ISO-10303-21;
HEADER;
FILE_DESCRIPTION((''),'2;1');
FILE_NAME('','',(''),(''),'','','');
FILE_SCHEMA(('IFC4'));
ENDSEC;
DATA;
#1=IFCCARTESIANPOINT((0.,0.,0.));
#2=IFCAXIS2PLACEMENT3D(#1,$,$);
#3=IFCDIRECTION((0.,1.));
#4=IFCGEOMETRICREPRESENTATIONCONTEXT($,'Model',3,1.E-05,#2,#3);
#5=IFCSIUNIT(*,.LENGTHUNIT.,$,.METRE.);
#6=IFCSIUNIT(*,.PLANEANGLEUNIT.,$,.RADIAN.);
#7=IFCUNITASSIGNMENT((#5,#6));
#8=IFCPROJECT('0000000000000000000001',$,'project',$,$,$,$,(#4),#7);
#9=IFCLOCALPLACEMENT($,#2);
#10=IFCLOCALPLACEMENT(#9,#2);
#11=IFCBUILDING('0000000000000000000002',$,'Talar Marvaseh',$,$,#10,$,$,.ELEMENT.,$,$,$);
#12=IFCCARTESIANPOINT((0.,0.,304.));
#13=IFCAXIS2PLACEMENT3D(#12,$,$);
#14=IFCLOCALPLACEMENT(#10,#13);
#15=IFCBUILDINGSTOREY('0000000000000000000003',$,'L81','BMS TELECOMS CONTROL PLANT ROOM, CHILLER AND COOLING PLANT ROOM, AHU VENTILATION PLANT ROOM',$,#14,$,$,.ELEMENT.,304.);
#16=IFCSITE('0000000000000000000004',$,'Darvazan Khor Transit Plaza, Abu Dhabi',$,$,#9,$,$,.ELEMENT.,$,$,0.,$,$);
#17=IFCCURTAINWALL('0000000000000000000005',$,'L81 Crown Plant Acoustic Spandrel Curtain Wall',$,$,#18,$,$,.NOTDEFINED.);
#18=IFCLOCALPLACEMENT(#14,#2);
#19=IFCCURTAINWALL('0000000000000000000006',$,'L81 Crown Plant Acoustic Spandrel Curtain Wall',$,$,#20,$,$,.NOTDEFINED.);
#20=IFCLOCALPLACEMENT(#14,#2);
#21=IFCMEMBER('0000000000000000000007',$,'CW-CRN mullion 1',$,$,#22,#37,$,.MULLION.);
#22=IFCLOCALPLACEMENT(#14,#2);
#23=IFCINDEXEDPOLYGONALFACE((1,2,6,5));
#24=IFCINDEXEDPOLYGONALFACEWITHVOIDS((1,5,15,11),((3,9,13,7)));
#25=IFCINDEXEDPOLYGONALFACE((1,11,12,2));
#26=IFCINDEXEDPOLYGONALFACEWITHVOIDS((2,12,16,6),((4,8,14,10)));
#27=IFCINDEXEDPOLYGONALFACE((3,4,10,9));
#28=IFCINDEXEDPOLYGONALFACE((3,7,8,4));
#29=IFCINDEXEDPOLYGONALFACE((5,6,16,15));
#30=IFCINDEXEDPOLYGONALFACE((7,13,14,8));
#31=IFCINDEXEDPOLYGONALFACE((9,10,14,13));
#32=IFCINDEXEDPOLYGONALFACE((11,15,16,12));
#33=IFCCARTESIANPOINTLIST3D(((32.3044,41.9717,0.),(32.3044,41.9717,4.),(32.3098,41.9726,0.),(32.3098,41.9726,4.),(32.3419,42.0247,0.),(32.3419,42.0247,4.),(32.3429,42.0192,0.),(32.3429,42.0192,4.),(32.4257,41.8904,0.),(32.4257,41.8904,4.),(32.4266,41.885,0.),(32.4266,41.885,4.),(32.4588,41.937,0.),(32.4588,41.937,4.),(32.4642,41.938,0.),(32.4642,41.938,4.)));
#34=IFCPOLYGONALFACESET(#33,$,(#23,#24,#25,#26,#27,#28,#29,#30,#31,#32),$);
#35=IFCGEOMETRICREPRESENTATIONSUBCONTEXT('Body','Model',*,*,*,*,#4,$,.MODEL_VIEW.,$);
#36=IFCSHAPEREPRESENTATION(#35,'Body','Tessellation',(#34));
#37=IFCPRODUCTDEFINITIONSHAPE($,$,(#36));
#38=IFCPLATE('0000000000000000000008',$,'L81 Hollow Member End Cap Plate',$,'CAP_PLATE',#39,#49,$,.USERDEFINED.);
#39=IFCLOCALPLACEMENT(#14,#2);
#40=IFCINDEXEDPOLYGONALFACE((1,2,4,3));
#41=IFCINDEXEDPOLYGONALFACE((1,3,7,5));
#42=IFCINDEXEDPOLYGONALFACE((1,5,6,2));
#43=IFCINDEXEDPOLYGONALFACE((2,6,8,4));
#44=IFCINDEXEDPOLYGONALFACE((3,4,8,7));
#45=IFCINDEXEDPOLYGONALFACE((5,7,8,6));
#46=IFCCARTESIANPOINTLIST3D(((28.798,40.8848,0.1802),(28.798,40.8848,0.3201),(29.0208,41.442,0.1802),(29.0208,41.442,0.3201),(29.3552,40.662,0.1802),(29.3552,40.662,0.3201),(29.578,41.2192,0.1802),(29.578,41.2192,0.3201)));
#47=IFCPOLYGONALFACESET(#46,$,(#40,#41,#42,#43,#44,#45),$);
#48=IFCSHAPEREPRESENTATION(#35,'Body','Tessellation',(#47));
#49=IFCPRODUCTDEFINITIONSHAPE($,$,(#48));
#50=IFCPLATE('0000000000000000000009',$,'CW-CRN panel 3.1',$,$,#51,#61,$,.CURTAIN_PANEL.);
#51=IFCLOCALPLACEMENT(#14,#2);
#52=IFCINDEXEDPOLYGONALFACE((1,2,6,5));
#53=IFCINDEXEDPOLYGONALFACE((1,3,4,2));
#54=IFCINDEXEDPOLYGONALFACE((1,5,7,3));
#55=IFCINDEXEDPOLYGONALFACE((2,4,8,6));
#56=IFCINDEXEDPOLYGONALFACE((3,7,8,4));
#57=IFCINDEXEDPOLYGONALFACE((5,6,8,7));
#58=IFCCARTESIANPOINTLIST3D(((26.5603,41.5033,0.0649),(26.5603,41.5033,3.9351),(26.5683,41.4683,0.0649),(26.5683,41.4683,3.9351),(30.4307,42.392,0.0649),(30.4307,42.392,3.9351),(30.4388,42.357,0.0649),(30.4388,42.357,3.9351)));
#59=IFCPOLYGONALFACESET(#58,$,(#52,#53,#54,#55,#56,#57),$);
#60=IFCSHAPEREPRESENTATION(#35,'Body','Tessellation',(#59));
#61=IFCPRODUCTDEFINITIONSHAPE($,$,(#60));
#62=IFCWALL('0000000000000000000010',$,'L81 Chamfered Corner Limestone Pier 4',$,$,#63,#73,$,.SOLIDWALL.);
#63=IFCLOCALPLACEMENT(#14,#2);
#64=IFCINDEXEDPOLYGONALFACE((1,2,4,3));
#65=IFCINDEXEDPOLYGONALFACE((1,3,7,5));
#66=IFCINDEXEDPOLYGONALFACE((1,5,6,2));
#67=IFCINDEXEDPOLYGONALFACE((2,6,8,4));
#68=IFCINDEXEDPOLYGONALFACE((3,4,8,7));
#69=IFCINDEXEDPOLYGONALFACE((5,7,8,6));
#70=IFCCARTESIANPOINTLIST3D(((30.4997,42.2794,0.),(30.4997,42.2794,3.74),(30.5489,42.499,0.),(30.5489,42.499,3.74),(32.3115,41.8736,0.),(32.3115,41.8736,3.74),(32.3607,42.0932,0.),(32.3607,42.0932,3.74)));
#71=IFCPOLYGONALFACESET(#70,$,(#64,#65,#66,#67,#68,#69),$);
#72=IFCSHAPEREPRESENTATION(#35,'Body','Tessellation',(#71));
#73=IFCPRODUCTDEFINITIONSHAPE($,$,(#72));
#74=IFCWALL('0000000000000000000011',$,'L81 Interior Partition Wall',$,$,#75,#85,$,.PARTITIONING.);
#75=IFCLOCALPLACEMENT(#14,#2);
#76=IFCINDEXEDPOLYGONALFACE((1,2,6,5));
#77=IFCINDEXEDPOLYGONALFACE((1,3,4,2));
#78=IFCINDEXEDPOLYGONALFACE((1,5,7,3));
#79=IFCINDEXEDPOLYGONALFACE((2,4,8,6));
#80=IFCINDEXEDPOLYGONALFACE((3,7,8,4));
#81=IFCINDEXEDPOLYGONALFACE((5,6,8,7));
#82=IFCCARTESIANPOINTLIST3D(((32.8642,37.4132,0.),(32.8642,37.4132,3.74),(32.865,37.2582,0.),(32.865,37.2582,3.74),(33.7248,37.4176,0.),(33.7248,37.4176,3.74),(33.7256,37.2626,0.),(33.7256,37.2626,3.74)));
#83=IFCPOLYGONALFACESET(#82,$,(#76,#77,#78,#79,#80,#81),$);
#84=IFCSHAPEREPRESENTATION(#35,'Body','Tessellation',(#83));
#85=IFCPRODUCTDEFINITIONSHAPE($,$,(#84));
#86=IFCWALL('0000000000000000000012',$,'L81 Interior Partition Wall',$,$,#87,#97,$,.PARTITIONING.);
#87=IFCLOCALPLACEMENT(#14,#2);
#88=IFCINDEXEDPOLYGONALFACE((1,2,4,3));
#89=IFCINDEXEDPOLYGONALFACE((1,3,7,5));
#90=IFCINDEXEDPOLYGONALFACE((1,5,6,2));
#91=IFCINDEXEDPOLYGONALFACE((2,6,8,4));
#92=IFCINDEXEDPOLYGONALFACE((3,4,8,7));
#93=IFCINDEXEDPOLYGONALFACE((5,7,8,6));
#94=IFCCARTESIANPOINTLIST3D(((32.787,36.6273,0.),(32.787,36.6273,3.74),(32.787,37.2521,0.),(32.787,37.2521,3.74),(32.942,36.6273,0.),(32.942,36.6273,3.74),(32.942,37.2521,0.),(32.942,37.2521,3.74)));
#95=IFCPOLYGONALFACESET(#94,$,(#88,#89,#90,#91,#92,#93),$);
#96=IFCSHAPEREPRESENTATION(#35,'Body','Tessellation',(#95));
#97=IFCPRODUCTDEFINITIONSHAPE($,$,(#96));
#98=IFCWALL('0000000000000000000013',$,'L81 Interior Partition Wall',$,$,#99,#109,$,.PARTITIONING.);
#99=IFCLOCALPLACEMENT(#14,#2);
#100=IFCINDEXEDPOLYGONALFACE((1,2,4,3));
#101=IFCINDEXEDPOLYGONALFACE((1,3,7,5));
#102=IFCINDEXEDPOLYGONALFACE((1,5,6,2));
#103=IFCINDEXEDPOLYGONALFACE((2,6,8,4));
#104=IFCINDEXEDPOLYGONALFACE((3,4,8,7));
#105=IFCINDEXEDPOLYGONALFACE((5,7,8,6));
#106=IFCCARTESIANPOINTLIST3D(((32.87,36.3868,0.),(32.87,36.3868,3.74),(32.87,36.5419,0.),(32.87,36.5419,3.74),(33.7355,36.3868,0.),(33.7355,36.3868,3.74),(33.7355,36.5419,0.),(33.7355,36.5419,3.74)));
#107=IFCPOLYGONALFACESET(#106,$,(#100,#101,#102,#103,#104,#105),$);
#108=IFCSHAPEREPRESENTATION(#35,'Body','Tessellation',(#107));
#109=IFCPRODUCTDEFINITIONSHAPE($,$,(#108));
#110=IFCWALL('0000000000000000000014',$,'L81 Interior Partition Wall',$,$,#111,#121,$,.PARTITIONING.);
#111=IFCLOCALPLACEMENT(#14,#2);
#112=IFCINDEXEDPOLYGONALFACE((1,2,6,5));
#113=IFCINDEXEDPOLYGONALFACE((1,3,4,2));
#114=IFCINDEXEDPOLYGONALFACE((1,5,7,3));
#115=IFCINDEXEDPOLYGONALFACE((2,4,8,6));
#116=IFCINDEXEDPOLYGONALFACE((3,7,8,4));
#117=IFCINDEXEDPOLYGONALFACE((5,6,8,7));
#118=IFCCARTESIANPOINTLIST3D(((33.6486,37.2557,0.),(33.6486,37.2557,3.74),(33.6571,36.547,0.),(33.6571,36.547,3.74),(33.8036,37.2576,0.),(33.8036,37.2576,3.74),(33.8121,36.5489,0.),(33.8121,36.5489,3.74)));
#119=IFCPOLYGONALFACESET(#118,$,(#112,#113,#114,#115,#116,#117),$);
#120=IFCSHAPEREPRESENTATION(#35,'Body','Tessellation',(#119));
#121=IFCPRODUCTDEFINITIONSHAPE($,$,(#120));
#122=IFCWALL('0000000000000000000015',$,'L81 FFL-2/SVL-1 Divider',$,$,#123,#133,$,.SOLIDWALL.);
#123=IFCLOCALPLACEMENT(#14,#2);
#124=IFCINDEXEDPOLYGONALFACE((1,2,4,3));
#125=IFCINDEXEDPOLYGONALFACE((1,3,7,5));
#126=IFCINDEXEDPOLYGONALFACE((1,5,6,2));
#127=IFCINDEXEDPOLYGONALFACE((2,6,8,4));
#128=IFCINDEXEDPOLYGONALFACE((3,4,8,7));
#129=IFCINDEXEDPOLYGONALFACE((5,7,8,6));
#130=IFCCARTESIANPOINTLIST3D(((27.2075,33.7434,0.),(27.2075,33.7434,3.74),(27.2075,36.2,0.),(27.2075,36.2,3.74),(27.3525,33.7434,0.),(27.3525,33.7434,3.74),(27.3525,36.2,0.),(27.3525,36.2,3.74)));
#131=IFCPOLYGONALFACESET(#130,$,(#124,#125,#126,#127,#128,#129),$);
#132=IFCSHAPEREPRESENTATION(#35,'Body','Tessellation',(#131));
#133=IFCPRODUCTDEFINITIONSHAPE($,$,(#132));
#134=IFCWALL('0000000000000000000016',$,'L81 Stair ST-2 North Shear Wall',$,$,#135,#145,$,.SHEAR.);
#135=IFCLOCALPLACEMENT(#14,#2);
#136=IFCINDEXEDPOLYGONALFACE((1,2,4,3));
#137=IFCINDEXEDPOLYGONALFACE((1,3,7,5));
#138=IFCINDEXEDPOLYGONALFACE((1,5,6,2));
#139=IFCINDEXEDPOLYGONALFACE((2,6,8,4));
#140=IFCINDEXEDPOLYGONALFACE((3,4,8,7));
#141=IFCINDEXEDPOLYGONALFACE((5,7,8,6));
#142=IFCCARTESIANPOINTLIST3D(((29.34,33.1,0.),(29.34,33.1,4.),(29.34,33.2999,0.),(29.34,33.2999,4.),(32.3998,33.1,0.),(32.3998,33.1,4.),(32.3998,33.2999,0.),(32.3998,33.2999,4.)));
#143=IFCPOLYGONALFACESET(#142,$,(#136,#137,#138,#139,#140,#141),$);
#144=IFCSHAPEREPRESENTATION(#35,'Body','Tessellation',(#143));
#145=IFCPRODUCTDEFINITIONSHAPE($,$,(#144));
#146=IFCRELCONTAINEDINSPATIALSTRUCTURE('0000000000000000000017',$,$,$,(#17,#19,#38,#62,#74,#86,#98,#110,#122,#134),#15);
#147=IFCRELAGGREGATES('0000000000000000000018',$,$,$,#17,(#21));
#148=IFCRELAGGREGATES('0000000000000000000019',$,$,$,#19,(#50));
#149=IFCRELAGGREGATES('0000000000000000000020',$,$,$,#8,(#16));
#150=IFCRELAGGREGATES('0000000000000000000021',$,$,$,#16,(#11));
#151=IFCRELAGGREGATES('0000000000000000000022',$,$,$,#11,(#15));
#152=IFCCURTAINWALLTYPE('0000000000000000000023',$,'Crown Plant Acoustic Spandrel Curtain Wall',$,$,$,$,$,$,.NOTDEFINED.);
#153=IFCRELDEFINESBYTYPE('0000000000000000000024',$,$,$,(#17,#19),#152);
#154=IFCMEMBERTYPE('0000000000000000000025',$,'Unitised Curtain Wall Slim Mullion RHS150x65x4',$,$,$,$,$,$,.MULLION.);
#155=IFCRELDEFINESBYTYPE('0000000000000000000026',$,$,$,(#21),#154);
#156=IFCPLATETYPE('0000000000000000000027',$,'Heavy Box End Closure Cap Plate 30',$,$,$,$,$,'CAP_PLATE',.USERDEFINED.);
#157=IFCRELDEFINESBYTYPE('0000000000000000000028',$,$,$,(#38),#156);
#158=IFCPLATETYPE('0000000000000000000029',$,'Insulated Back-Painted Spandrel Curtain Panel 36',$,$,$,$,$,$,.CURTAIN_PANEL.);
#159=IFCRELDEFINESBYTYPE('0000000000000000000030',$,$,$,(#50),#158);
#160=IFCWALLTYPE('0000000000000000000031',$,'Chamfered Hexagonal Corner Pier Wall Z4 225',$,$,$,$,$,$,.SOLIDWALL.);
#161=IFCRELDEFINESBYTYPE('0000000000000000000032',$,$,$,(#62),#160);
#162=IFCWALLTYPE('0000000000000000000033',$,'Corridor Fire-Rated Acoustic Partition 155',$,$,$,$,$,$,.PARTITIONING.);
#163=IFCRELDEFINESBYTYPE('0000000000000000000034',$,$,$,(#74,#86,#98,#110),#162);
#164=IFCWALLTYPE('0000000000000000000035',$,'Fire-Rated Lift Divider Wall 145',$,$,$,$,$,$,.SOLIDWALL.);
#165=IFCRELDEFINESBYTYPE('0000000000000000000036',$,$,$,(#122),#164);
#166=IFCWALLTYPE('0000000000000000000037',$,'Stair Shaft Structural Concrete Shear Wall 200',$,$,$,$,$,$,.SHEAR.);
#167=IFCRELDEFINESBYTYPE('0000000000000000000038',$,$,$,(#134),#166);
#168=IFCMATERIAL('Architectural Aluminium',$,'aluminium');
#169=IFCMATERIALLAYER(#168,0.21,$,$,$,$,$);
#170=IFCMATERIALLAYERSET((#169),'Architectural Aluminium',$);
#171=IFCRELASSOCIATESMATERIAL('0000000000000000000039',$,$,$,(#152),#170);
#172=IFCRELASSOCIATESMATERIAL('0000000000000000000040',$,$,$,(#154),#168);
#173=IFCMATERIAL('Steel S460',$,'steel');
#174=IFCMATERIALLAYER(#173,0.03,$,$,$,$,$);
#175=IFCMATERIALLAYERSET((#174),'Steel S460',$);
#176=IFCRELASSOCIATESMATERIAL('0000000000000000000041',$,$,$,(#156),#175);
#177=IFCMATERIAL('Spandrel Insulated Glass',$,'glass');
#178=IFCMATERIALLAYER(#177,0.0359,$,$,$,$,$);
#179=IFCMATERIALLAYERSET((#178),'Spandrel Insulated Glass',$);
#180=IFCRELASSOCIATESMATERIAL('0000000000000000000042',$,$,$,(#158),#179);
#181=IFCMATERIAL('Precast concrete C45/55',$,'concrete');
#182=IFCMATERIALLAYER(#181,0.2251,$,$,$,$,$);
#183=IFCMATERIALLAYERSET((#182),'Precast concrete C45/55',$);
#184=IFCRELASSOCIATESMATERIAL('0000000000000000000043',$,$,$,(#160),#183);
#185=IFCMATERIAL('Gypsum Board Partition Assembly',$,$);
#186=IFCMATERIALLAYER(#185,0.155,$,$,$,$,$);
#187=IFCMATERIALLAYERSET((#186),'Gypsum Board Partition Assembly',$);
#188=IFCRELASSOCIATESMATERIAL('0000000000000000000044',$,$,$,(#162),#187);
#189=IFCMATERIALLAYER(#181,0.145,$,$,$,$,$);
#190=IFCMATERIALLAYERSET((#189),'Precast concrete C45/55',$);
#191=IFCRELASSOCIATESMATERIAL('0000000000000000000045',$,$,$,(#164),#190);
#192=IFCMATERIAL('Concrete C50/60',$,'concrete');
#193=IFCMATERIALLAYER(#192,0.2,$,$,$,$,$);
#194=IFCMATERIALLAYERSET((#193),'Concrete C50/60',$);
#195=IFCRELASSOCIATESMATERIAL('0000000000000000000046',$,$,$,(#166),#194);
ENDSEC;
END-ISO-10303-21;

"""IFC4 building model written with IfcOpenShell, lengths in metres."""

from ifc_helpers import new_model, si_unit, direction, frame, frame_2d, origin, origin_2d, place, context, subcontext, project, spatial, rectangle, hollow_rectangle, extrude, source, transform, mapped, material, layer, layer_set, material_profile, profile_set, type_object, type_shapes, element, aggregate, save


model = new_model("IFC4")

# Units and contexts
model_context = context("Model", 3, precision=1e-05, world=origin(), true_north=direction((0.0, 1.0)))
body_context = subcontext(model_context, "Body", "Model", "MODEL_VIEW")
ifc_project = project(units=[si_unit("LENGTHUNIT", "METRE"), si_unit("PLANEANGLEUNIT", "RADIAN")], contexts=[model_context])

# Site, building, storey
site_placement = place(None, origin())
site = spatial("IfcSite", under=ifc_project, at=site_placement, Name="Darvazan Khor Transit Plaza, Abu Dhabi", CompositionType="ELEMENT", RefElevation=0.0)
building_placement = place(site_placement, origin())
building = spatial("IfcBuilding", under=site, at=building_placement, Name="Talar Marvaseh", CompositionType="ELEMENT")
storey_placement = place(building_placement, frame((0.0, 0.0, 304.0)))
storey = spatial("IfcBuildingStorey", under=building, at=storey_placement, Name="L81", Description="BMS TELECOMS CONTROL PLANT ROOM, CHILLER AND COOLING PLANT ROOM, AHU VENTILATION PLANT ROOM", CompositionType="ELEMENT", Elevation=304.0)

# Shared definitions
ifc_material_1 = material(Name="Steel S460", Category="steel")
ifc_material_2 = material(Name="Concrete C50/60", Category="concrete")

# Curtain walls
ifc_material_3 = material(Name="Architectural Aluminium", Category="aluminium")
ifc_layer_1 = layer(ifc_material_3, 0.21)
ifc_layer_set_1 = layer_set([ifc_layer_1], Name="Architectural Aluminium")
curtain_wall_type = type_object("IfcCurtainWallType", Name="Crown Plant Acoustic Spandrel Curtain Wall", PredefinedType="NOTDEFINED", material=ifc_layer_set_1)
curtain_wall_1_placement = place(storey_placement, origin())
curtain_wall_1 = element("IfcCurtainWall", 1, at=curtain_wall_1_placement, inside=storey, type_object=curtain_wall_type, Name="L81 Crown Plant Acoustic Spandrel Curtain Wall", PredefinedType="NOTDEFINED")
curtain_wall_2_placement = place(storey_placement, origin())
curtain_wall_2 = element("IfcCurtainWall", 2, at=curtain_wall_2_placement, inside=storey, type_object=curtain_wall_type, Name="L81 Crown Plant Acoustic Spandrel Curtain Wall", PredefinedType="NOTDEFINED")
ifc_material_profile_1 = material_profile(ifc_material_3, hollow_rectangle(XDim=0.0649, YDim=0.1499, WallThickness=0.0039, at=origin_2d()), Name="RHS150x65x4")
ifc_profile_set_1 = profile_set([ifc_material_profile_1], Name="Architectural Aluminium")
member_type_1 = type_object("IfcMemberType", Name="Unitised Curtain Wall Slim Mullion RHS150x65x4", PredefinedType="MULLION", material=ifc_profile_set_1)
shared_shape_1 = source(origin(), body_context, "Body", "SweptSolid", [
    extrude(hollow_rectangle(XDim=0.0649, YDim=0.1499, WallThickness=0.0039, at=origin_2d()), origin(), (0.0, 0.0, 1.0), 4.0),
])
type_shapes(member_type_1, [shared_shape_1])

# Member
member_1_placement = place(storey_placement, frame((32.3843, 41.9548, 0.0), z_axis=(0.0, 0.0, 1.0), x_axis=(0.578513, 0.815673, 0.0)))
member_1 = element("IfcMember", 3, at=member_1_placement, type_object=member_type_1, Name="CW-CRN mullion 1", PredefinedType="MULLION", context=body_context, shape_type="MappedRepresentation", body=[
    mapped(shared_shape_1, transform((0.0, 0.0, 0.0), x_axis=(1.0, 0.0, 0.0), y_axis=(0.0, 1.0, 0.0), z_axis=(0.0, 0.0, 1.0), scale=1.0)),
])
aggregate(curtain_wall_1, [member_1])

# Plates
ifc_layer_2 = layer(ifc_material_1, 0.03)
ifc_layer_set_2 = layer_set([ifc_layer_2], Name="Steel S460")
plate_type_1 = type_object("IfcPlateType", Name="Heavy Box End Closure Cap Plate 30", ElementType="CAP_PLATE", PredefinedType="USERDEFINED", material=ifc_layer_set_2)
shared_shape_2 = source(origin(), body_context, "Body", "SweptSolid", [
    extrude(rectangle(XDim=0.6001, YDim=0.6001, at=origin_2d()), origin(), (0.0, 0.0, 1.0), 0.1399),
])
type_shapes(plate_type_1, [shared_shape_2])
plate_1_placement = place(storey_placement, frame((29.188, 41.052, 0.1802), z_axis=(0.0, 0.0, 1.0), x_axis=(0.928486, -0.371368, 0.0)))
element("IfcPlate", 4, at=plate_1_placement, inside=storey, type_object=plate_type_1, Name="L81 Hollow Member End Cap Plate", ObjectType="CAP_PLATE", PredefinedType="USERDEFINED", context=body_context, shape_type="MappedRepresentation", body=[
    mapped(shared_shape_2, transform((0.0, 0.0, 0.0), x_axis=(1.0, 0.0, 0.0), y_axis=(0.0, 1.0, 0.0), z_axis=(0.0, 0.0, 1.0), scale=1.0)),
])
ifc_material_4 = material(Name="Spandrel Insulated Glass", Category="glass")
ifc_layer_3 = layer(ifc_material_4, 0.0359)
ifc_layer_set_3 = layer_set([ifc_layer_3], Name="Spandrel Insulated Glass")
plate_type_2 = type_object("IfcPlateType", Name="Insulated Back-Painted Spandrel Curtain Panel 36", PredefinedType="CURTAIN_PANEL", material=ifc_layer_set_3)
shared_shape_3 = source(origin(), body_context, "Body", "SweptSolid", [
    extrude(rectangle(XDim=3.9712, YDim=0.0359, at=origin_2d()), origin(), (0.0, 0.0, 1.0), 3.8701),
])
type_shapes(plate_type_2, [shared_shape_3])
plate_2_placement = place(storey_placement, frame((28.4995, 41.9302, 0.0649), z_axis=(0.0, 0.0, 1.0), x_axis=(0.974637, 0.223792, 0.0)))
plate_2 = element("IfcPlate", 5, at=plate_2_placement, type_object=plate_type_2, Name="CW-CRN panel 3.1", PredefinedType="CURTAIN_PANEL", context=body_context, shape_type="MappedRepresentation", body=[
    mapped(shared_shape_3, transform((0.0, 0.0, 0.0), x_axis=(1.0, 0.0, 0.0), y_axis=(0.0, 1.0, 0.0), z_axis=(0.0, 0.0, 1.0), scale=1.0)),
])
aggregate(curtain_wall_2, [plate_2])

# Walls
ifc_material_5 = material(Name="Precast concrete C45/55", Category="concrete")
ifc_layer_4 = layer(ifc_material_5, 0.2251)
ifc_layer_set_4 = layer_set([ifc_layer_4], Name="Precast concrete C45/55")
wall_type_1 = type_object("IfcWallType", Name="Chamfered Hexagonal Corner Pier Wall Z4 225", PredefinedType="SOLIDWALL", material=ifc_layer_set_4)
wall_1_placement = place(storey_placement, frame((30.5244, 42.3892, 0.0), z_axis=(0.0, 0.0, 1.0), x_axis=(0.975827, -0.218545, 0.0)))
element("IfcWall", 6, at=wall_1_placement, inside=storey, type_object=wall_type_1, Name="L81 Chamfered Corner Limestone Pier 4", PredefinedType="SOLIDWALL", context=body_context, shape_type="SweptSolid", body=[
    extrude(rectangle(XDim=1.8567, YDim=0.2251, at=frame_2d((0.9282, 0.0))), origin(), (0.0, 0.0, 1.0), 3.74),
])
ifc_material_6 = material(Name="Gypsum Board Partition Assembly")
ifc_layer_5 = layer(ifc_material_6, 0.155)
ifc_layer_set_5 = layer_set([ifc_layer_5], Name="Gypsum Board Partition Assembly")
wall_type_2 = type_object("IfcWallType", Name="Corridor Fire-Rated Acoustic Partition 155", PredefinedType="PARTITIONING", material=ifc_layer_set_5)
wall_2_placement = place(storey_placement, frame((33.7251, 37.3401, 0.0), z_axis=(0.0, 0.0, 1.0), x_axis=(-0.999987, -0.005106, 0.0)))
element("IfcWall", 7, at=wall_2_placement, inside=storey, type_object=wall_type_2, Name="L81 Interior Partition Wall", PredefinedType="PARTITIONING", context=body_context, shape_type="SweptSolid", body=[
    extrude(rectangle(XDim=0.8606, YDim=0.155, at=frame_2d((0.4302, 0.0))), origin(), (0.0, 0.0, 1.0), 3.74),
])
wall_3_placement = place(storey_placement, frame((32.8645, 37.2522, 0.0), z_axis=(0.0, 0.0, 1.0), x_axis=(0.0, -1.0, 0.0)))
element("IfcWall", 8, at=wall_3_placement, inside=storey, type_object=wall_type_2, Name="L81 Interior Partition Wall", PredefinedType="PARTITIONING", context=body_context, shape_type="SweptSolid", body=[
    extrude(rectangle(XDim=0.6248, YDim=0.155, at=frame_2d((0.3125, 0.0))), origin(), (0.0, 0.0, 1.0), 3.74),
])
wall_4_placement = place(storey_placement, frame((32.8701, 36.4644, 0.0), z_axis=(0.0, 0.0, 1.0), x_axis=(1.0, 0.0, 0.0)))
element("IfcWall", 9, at=wall_4_placement, inside=storey, type_object=wall_type_2, Name="L81 Interior Partition Wall", PredefinedType="PARTITIONING", context=body_context, shape_type="SweptSolid", body=[
    extrude(rectangle(XDim=0.8655, YDim=0.155, at=frame_2d((0.4326, 0.0))), origin(), (0.0, 0.0, 1.0), 3.74),
])
wall_5_placement = place(storey_placement, frame((33.7346, 36.5479, 0.0), z_axis=(0.0, 0.0, 1.0), x_axis=(-0.012056, 0.999927, 0.0)))
element("IfcWall", 10, at=wall_5_placement, inside=storey, type_object=wall_type_2, Name="L81 Interior Partition Wall", PredefinedType="PARTITIONING", context=body_context, shape_type="SweptSolid", body=[
    extrude(rectangle(XDim=0.7087, YDim=0.155, at=frame_2d((0.3545, 0.0))), origin(), (0.0, 0.0, 1.0), 3.74),
])
ifc_layer_6 = layer(ifc_material_5, 0.145)
ifc_layer_set_6 = layer_set([ifc_layer_6], Name="Precast concrete C45/55")
wall_type_3 = type_object("IfcWallType", Name="Fire-Rated Lift Divider Wall 145", PredefinedType="SOLIDWALL", material=ifc_layer_set_6)
wall_6_placement = place(storey_placement, frame((27.28, 33.7434, 0.0), z_axis=(0.0, 0.0, 1.0), x_axis=(0.0, 1.0, 0.0)))
element("IfcWall", 11, at=wall_6_placement, inside=storey, type_object=wall_type_3, Name="L81 FFL-2/SVL-1 Divider", PredefinedType="SOLIDWALL", context=body_context, shape_type="SweptSolid", body=[
    extrude(rectangle(XDim=2.4565, YDim=0.145, at=frame_2d((1.2283, 0.0))), origin(), (0.0, 0.0, 1.0), 3.74),
])
ifc_layer_7 = layer(ifc_material_2, 0.2)
ifc_layer_set_7 = layer_set([ifc_layer_7], Name="Concrete C50/60")
wall_type_4 = type_object("IfcWallType", Name="Stair Shaft Structural Concrete Shear Wall 200", PredefinedType="SHEAR", material=ifc_layer_set_7)
wall_7_placement = place(storey_placement, frame((29.3401, 33.2, 0.0), z_axis=(0.0, 0.0, 1.0), x_axis=(1.0, 0.0, 0.0)))
element("IfcWall", 12, at=wall_7_placement, inside=storey, type_object=wall_type_4, Name="L81 Stair ST-2 North Shear Wall", PredefinedType="SHEAR", context=body_context, shape_type="SweptSolid", body=[
    extrude(rectangle(XDim=3.0598, YDim=0.2, at=frame_2d((1.5298, 0.0))), origin(), (0.0, 0.0, 1.0), 4.0),
])

save(model, "model.ifc")
